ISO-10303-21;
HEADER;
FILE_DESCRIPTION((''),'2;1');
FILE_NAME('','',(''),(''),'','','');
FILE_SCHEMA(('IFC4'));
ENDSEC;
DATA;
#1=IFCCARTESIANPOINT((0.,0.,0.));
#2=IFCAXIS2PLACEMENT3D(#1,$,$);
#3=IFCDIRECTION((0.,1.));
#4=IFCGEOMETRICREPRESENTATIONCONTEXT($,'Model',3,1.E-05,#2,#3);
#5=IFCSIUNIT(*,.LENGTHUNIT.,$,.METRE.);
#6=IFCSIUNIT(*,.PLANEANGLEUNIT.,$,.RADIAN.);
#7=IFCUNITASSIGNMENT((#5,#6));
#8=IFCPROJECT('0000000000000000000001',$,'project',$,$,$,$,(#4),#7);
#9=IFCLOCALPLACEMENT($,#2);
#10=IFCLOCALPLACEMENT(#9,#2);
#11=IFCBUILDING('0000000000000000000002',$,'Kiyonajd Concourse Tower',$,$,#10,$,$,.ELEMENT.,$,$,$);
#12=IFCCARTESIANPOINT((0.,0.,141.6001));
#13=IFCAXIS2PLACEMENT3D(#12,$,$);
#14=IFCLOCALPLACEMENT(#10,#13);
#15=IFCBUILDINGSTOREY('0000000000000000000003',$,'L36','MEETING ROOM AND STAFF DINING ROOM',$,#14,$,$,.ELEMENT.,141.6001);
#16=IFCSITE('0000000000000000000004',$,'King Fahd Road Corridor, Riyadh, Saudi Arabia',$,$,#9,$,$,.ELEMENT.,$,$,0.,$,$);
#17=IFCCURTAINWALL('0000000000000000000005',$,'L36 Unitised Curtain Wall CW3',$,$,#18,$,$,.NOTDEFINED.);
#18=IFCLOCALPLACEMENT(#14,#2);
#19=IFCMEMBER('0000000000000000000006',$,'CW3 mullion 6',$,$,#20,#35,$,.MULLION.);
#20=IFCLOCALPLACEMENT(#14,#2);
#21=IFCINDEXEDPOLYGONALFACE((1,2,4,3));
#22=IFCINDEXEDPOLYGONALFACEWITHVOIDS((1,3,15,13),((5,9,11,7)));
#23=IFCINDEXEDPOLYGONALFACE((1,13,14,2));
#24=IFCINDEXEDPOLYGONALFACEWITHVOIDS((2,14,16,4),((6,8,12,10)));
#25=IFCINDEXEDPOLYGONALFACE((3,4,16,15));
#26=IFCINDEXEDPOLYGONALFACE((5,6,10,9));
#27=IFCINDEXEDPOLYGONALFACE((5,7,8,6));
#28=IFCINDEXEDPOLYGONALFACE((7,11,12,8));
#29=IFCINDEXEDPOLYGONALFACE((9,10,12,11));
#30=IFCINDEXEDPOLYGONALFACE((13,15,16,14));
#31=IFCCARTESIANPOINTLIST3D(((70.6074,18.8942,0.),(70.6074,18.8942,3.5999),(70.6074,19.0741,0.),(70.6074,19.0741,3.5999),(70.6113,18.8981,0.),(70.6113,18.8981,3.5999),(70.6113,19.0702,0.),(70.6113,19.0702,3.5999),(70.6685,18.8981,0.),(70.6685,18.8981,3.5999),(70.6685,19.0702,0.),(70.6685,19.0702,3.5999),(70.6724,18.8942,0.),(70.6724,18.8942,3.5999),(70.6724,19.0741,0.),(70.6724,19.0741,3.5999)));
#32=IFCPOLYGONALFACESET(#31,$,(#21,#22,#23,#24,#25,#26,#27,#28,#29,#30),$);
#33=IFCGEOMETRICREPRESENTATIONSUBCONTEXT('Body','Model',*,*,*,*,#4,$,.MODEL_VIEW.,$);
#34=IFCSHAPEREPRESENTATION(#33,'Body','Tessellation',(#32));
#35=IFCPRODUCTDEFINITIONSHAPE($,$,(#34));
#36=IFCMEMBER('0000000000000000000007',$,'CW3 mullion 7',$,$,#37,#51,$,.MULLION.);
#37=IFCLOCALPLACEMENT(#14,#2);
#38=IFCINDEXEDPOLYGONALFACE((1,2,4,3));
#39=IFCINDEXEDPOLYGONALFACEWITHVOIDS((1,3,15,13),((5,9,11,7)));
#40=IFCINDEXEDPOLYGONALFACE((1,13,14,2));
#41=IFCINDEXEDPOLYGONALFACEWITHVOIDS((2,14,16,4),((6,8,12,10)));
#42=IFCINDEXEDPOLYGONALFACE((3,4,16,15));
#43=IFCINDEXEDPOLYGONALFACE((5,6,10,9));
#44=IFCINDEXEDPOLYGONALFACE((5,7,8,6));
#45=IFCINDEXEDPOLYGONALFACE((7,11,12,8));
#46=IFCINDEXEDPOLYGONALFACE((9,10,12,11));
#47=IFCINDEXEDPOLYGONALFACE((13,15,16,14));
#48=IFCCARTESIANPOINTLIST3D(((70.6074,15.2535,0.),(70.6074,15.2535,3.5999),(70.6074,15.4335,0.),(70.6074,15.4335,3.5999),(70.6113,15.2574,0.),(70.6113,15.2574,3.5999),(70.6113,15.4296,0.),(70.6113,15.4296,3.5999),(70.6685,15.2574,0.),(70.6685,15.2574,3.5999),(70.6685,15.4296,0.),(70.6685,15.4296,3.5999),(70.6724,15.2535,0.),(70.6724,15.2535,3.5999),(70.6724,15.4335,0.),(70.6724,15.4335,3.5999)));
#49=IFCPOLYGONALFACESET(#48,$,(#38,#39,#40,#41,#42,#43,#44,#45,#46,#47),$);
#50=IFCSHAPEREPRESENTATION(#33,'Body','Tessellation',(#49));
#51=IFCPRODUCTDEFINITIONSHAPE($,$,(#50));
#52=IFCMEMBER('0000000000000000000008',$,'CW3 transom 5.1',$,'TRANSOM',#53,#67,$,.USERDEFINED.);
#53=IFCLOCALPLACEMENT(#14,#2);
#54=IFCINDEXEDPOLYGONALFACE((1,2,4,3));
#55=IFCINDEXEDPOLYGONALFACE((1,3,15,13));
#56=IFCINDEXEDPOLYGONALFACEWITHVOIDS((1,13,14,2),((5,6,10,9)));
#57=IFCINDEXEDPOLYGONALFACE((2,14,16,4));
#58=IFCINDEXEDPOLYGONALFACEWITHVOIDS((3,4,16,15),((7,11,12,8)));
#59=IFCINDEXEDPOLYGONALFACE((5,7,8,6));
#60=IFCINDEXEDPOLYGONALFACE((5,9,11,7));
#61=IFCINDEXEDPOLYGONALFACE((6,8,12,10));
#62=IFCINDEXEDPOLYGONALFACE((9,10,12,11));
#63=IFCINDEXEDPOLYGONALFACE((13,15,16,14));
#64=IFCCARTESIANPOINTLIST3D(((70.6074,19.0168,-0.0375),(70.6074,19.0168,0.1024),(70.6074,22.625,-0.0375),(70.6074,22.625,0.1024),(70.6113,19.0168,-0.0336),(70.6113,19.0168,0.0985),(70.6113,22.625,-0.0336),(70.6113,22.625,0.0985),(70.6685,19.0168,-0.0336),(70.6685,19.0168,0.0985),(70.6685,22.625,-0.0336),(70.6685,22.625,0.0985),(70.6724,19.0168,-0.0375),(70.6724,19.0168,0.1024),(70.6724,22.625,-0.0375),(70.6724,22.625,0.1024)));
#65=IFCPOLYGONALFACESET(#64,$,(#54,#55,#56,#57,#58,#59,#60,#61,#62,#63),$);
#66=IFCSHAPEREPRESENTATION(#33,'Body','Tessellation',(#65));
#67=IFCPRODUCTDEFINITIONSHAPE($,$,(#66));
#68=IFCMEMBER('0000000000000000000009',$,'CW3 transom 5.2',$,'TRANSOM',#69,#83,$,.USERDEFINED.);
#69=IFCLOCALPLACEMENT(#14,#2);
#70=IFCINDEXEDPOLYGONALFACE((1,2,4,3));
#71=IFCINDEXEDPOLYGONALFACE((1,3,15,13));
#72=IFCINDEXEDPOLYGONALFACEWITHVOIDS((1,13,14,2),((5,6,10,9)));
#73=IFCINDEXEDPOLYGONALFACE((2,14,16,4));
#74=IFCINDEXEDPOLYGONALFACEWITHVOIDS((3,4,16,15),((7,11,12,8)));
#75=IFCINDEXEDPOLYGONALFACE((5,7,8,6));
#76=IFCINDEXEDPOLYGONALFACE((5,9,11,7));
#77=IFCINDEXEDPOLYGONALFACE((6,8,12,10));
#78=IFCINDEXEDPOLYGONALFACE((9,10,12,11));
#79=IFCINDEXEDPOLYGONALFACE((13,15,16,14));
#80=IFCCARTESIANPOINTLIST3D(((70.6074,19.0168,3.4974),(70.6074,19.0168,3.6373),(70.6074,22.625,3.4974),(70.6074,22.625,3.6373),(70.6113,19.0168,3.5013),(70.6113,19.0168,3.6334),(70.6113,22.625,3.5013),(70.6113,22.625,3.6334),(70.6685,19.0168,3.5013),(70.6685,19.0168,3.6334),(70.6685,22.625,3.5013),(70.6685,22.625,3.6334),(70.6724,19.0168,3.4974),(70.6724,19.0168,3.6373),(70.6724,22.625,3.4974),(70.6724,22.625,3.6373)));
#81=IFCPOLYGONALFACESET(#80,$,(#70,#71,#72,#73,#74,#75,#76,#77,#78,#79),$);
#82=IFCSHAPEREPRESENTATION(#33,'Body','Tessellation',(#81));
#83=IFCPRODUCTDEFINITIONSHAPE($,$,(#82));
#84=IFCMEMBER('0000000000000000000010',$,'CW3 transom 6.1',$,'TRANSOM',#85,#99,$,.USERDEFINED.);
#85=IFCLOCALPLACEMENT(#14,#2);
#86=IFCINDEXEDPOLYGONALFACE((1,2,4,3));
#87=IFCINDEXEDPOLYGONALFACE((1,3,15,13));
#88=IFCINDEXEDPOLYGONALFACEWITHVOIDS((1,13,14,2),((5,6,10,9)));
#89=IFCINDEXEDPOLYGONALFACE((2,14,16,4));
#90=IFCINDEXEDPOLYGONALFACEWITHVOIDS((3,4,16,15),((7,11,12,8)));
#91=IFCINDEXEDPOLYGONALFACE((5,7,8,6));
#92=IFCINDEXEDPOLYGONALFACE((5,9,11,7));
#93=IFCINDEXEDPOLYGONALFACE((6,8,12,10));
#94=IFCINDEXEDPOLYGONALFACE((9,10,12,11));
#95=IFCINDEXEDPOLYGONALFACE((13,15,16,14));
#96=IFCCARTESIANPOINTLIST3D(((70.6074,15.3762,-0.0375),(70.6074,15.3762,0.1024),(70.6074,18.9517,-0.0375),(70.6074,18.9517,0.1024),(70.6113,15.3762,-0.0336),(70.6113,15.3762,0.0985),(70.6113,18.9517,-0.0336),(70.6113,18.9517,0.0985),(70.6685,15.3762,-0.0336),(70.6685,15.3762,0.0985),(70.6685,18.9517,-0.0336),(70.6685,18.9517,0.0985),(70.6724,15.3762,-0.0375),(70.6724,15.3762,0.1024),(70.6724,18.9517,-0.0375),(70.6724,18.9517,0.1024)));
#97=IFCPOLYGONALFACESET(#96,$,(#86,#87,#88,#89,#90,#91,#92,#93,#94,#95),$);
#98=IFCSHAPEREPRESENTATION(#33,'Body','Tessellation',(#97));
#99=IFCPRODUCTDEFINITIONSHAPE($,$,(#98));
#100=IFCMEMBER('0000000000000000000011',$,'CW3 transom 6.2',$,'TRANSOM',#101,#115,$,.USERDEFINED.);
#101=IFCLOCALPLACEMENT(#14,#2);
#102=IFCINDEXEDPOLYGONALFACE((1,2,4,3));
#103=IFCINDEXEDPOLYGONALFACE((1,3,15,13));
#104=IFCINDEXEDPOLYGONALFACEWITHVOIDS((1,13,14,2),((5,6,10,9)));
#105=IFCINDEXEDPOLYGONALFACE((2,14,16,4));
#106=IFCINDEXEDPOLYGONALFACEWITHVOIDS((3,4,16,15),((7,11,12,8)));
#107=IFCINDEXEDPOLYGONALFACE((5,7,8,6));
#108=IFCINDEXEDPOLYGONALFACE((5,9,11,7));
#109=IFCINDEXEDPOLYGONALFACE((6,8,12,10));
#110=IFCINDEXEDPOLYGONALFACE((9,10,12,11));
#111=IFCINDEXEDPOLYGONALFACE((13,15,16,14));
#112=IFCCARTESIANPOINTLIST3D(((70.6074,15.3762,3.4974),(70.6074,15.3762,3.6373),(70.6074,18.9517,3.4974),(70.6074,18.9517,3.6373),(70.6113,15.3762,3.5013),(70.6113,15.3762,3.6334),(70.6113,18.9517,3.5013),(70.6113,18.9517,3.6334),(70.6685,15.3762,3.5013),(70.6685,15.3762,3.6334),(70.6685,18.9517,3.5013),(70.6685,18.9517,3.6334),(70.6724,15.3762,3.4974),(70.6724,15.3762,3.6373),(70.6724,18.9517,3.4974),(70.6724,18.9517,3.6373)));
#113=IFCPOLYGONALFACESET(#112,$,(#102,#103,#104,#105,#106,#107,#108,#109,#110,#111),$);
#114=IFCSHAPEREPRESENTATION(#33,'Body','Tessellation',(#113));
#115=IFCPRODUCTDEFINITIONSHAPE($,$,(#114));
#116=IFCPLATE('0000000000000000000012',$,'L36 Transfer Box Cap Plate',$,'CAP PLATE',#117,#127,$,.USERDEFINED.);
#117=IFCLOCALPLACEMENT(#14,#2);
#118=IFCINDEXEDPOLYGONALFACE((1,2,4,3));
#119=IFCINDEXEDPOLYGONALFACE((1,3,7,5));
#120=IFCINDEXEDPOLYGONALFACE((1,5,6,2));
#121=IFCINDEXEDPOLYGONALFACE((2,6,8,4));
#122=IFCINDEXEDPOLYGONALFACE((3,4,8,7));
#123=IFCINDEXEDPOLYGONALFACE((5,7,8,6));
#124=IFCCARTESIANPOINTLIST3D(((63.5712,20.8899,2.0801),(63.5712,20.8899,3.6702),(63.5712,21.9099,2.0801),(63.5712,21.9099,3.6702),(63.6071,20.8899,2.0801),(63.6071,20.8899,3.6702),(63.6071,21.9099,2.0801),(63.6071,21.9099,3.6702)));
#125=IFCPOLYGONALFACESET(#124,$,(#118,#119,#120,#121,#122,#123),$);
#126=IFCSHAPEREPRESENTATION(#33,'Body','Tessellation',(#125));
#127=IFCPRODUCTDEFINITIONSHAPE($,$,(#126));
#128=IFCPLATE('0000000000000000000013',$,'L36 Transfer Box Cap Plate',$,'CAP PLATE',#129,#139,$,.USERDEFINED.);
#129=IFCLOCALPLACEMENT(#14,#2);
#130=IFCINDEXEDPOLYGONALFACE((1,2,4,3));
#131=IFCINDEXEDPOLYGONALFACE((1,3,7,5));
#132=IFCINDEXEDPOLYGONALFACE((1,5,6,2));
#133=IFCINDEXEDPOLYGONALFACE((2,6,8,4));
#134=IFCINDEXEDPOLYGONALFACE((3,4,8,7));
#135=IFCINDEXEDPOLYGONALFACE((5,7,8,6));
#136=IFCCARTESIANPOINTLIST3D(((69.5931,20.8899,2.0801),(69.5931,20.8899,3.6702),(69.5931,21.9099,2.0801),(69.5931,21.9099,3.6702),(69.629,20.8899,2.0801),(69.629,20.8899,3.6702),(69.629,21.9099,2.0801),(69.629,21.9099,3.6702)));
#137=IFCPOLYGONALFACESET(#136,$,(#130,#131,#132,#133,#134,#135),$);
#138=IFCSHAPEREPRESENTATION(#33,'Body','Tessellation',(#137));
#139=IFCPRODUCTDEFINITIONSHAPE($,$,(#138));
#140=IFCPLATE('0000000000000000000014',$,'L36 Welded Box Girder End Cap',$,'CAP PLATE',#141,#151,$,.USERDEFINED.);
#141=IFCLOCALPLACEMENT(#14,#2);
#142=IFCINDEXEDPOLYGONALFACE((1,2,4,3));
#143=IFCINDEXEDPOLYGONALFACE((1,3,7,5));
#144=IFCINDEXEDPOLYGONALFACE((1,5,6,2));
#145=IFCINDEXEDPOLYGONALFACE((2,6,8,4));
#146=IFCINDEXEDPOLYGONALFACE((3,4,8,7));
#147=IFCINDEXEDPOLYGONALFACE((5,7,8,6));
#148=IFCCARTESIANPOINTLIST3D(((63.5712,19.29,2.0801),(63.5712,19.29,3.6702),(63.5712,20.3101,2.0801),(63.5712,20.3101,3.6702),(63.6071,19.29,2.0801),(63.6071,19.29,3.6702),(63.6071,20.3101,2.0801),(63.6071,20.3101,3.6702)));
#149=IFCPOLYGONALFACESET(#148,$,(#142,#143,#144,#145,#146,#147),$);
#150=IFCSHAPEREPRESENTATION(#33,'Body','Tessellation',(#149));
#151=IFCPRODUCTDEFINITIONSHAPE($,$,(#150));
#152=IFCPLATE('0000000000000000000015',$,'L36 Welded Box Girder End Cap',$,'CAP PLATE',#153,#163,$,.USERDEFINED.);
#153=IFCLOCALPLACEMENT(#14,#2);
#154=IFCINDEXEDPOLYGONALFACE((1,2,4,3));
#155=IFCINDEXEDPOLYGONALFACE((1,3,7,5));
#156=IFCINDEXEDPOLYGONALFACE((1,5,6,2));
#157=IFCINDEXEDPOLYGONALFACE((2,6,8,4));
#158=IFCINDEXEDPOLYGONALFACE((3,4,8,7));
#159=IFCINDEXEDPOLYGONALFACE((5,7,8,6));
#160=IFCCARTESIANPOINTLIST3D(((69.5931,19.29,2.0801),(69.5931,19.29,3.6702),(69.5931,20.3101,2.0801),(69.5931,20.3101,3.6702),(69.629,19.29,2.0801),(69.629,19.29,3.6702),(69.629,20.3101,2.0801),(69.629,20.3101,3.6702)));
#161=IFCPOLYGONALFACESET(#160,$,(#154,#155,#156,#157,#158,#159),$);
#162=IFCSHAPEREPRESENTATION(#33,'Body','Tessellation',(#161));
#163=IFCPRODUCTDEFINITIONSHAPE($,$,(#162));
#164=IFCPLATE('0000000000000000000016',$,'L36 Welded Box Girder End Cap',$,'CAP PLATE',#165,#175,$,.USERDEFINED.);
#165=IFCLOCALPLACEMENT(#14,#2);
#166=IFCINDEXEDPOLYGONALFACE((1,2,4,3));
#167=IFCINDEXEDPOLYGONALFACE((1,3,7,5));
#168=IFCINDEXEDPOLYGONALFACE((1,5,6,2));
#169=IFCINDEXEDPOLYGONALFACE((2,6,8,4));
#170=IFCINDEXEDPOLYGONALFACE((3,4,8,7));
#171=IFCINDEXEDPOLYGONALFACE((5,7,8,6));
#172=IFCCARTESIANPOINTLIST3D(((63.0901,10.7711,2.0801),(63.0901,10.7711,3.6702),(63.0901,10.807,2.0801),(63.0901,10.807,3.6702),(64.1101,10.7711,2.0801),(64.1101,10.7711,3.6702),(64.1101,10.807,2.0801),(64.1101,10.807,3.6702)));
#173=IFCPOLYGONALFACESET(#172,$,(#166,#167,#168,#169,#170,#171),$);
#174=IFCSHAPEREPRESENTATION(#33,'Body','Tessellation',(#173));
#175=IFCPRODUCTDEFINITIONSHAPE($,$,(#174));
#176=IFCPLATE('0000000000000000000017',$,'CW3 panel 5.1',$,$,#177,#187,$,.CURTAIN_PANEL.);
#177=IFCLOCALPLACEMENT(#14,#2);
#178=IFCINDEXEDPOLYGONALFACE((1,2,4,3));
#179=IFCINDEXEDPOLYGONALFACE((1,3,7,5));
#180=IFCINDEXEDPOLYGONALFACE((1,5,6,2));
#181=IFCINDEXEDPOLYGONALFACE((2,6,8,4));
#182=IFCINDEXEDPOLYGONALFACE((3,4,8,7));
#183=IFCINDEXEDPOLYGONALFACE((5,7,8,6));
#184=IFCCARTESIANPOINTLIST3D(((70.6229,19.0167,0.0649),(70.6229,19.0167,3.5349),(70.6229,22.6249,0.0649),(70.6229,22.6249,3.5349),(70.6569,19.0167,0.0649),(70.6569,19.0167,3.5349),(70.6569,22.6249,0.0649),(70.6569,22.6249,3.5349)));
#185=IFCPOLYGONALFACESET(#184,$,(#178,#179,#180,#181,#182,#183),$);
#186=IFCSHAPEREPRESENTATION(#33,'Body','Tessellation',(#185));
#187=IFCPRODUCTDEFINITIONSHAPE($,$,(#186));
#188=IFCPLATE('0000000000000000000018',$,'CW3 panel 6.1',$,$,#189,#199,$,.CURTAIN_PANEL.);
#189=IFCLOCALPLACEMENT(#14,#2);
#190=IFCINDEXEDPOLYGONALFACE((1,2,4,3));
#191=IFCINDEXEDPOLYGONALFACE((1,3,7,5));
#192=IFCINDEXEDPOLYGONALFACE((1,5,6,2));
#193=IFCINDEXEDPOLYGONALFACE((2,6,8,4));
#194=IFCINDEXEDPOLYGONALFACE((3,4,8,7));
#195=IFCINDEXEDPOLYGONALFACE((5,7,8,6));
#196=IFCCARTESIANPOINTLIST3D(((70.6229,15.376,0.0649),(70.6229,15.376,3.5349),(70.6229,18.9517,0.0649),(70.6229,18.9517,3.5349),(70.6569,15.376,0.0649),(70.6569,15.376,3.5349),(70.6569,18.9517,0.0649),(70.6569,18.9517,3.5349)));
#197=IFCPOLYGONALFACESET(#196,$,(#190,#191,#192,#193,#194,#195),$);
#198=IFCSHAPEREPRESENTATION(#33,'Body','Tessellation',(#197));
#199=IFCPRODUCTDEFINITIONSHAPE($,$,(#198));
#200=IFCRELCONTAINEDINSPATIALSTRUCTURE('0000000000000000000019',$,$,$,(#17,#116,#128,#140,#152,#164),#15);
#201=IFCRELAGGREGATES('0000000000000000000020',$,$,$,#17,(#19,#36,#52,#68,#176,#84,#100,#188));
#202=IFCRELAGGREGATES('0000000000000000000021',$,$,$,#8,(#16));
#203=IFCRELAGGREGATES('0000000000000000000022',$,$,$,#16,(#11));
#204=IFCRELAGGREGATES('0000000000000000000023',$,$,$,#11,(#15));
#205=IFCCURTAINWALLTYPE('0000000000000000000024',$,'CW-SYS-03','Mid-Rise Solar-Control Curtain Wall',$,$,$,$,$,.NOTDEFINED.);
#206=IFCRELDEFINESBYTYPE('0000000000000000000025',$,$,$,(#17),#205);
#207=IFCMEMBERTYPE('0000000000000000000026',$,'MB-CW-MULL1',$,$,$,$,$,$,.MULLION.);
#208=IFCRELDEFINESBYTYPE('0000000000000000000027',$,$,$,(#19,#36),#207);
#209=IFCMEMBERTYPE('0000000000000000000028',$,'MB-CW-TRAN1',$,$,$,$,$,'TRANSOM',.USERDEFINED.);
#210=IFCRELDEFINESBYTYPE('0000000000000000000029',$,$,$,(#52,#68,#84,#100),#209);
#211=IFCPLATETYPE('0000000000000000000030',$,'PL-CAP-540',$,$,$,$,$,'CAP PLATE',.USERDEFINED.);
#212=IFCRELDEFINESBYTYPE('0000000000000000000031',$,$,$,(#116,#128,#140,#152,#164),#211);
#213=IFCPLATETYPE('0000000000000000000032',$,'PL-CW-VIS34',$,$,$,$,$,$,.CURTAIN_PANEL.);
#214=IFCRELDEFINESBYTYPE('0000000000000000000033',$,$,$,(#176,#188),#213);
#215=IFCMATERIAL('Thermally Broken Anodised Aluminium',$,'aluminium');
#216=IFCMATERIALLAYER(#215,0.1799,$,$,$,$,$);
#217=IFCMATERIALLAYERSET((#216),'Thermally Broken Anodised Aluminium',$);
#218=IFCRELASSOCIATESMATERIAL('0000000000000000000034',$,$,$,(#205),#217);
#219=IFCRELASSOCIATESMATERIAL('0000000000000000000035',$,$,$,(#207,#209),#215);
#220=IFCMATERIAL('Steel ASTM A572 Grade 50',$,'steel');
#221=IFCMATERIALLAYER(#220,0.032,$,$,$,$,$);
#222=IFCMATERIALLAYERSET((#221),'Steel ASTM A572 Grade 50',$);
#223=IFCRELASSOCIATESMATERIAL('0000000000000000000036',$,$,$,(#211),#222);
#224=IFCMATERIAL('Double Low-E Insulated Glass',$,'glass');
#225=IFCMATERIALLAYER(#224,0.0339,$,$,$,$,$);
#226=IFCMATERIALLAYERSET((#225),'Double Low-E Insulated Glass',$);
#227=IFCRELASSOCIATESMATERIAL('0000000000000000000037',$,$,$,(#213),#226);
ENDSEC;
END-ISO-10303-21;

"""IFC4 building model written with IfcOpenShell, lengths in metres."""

from ifc_helpers import new_model, si_unit, direction, frame, origin, origin_2d, place, context, subcontext, project, spatial, rectangle, hollow_rectangle, extrude, material, layer, layer_set, material_profile, profile_set, type_object, element, aggregate, save


model = new_model("IFC4")

# Units and contexts
model_context = context("Model", 3, precision=1e-05, world=origin(), true_north=direction((0.0, 1.0)))
body_context = subcontext(model_context, "Body", "Model", "MODEL_VIEW")
ifc_project = project(units=[si_unit("LENGTHUNIT", "METRE"), si_unit("PLANEANGLEUNIT", "RADIAN")], contexts=[model_context])

# Site, building, storey
site_placement = place(None, origin())
site = spatial("IfcSite", under=ifc_project, at=site_placement, Name="King Fahd Road Corridor, Riyadh, Saudi Arabia", CompositionType="ELEMENT", RefElevation=0.0)
building_placement = place(site_placement, origin())
building = spatial("IfcBuilding", under=site, at=building_placement, Name="Kiyonajd Concourse Tower", CompositionType="ELEMENT")
storey_placement = place(building_placement, frame((0.0, 0.0, 141.6001)))
storey = spatial("IfcBuildingStorey", under=building, at=storey_placement, Name="L36", Description="MEETING ROOM AND STAFF DINING ROOM", CompositionType="ELEMENT", Elevation=141.6001)

# Shared definitions
ifc_material_1 = material(Name="Steel ASTM A572 Grade 50", Category="steel")

# Curtain wall, members
ifc_material_2 = material(Name="Thermally Broken Anodised Aluminium", Category="aluminium")
ifc_layer_1 = layer(ifc_material_2, 0.1799)
ifc_layer_set_1 = layer_set([ifc_layer_1], Name="Thermally Broken Anodised Aluminium")
curtain_wall_type = type_object("IfcCurtainWallType", Name="CW-SYS-03", Description="Mid-Rise Solar-Control Curtain Wall", PredefinedType="NOTDEFINED", material=ifc_layer_set_1)
curtain_wall_placement = place(storey_placement, origin())
curtain_wall = element("IfcCurtainWall", 1, at=curtain_wall_placement, inside=storey, type_object=curtain_wall_type, Name="L36 Unitised Curtain Wall CW3", PredefinedType="NOTDEFINED")
ifc_material_profile_1 = material_profile(ifc_material_2, hollow_rectangle(XDim=0.0649, YDim=0.1799, WallThickness=0.0039, at=origin_2d()), Name="MULL-65x180")
ifc_profile_set_1 = profile_set([ifc_material_profile_1], Name="Thermally Broken Anodised Aluminium")
member_type_1 = type_object("IfcMemberType", Name="MB-CW-MULL1", PredefinedType="MULLION", material=ifc_profile_set_1)
member_1_placement = place(storey_placement, frame((70.6399, 18.9841, 0.0), z_axis=(0.0, 0.0, 1.0), x_axis=(1.0, 0.0, 0.0)))
member_1 = element("IfcMember", 2, at=member_1_placement, type_object=member_type_1, Name="CW3 mullion 6", PredefinedType="MULLION", context=body_context, shape_type="SweptSolid", body=[
    extrude(hollow_rectangle(XDim=0.0649, YDim=0.1799, WallThickness=0.0039, at=origin_2d()), origin(), (0.0, 0.0, 1.0), 3.5999),
])
member_2_placement = place(storey_placement, frame((70.6399, 15.3435, 0.0), z_axis=(0.0, 0.0, 1.0), x_axis=(1.0, 0.0, 0.0)))
member_2 = element("IfcMember", 3, at=member_2_placement, type_object=member_type_1, Name="CW3 mullion 7", PredefinedType="MULLION", context=body_context, shape_type="SweptSolid", body=[
    extrude(hollow_rectangle(XDim=0.0649, YDim=0.1799, WallThickness=0.0039, at=origin_2d()), origin(), (0.0, 0.0, 1.0), 3.5999),
])
ifc_material_profile_2 = material_profile(ifc_material_2, hollow_rectangle(XDim=0.0649, YDim=0.1399, WallThickness=0.0039, at=origin_2d()), Name="TRAN-65x140")
ifc_profile_set_2 = profile_set([ifc_material_profile_2], Name="Thermally Broken Anodised Aluminium")
member_type_2 = type_object("IfcMemberType", Name="MB-CW-TRAN1", ElementType="TRANSOM", PredefinedType="USERDEFINED", material=ifc_profile_set_2)
member_3_placement = place(storey_placement, frame((70.6399, 22.625, 0.0325), z_axis=(0.0, -1.0, 0.0), x_axis=(1.0, 0.0, 0.0)))
member_3 = element("IfcMember", 4, at=member_3_placement, type_object=member_type_2, Name="CW3 transom 5.1", ObjectType="TRANSOM", PredefinedType="USERDEFINED", context=body_context, shape_type="SweptSolid", body=[
    extrude(hollow_rectangle(XDim=0.0649, YDim=0.1399, WallThickness=0.0039, at=origin_2d()), origin(), (0.0, 0.0, 1.0), 3.6082),
])
member_4_placement = place(storey_placement, frame((70.6399, 22.625, 3.5674), z_axis=(0.0, -1.0, 0.0), x_axis=(1.0, 0.0, 0.0)))
member_4 = element("IfcMember", 5, at=member_4_placement, type_object=member_type_2, Name="CW3 transom 5.2", ObjectType="TRANSOM", PredefinedType="USERDEFINED", context=body_context, shape_type="SweptSolid", body=[
    extrude(hollow_rectangle(XDim=0.0649, YDim=0.1399, WallThickness=0.0039, at=origin_2d()), origin(), (0.0, 0.0, 1.0), 3.6082),
])
member_5_placement = place(storey_placement, frame((70.6399, 18.9517, 0.0325), z_axis=(0.0, -1.0, 0.0), x_axis=(1.0, 0.0, 0.0)))
member_5 = element("IfcMember", 6, at=member_5_placement, type_object=member_type_2, Name="CW3 transom 6.1", ObjectType="TRANSOM", PredefinedType="USERDEFINED", context=body_context, shape_type="SweptSolid", body=[
    extrude(hollow_rectangle(XDim=0.0649, YDim=0.1399, WallThickness=0.0039, at=origin_2d()), origin(), (0.0, 0.0, 1.0), 3.5754),
])
member_6_placement = place(storey_placement, frame((70.6399, 18.9517, 3.5674), z_axis=(0.0, -1.0, 0.0), x_axis=(1.0, 0.0, 0.0)))
member_6 = element("IfcMember", 7, at=member_6_placement, type_object=member_type_2, Name="CW3 transom 6.2", ObjectType="TRANSOM", PredefinedType="USERDEFINED", context=body_context, shape_type="SweptSolid", body=[
    extrude(hollow_rectangle(XDim=0.0649, YDim=0.1399, WallThickness=0.0039, at=origin_2d()), origin(), (0.0, 0.0, 1.0), 3.5754),
])

# Plates
ifc_layer_2 = layer(ifc_material_1, 0.032)
ifc_layer_set_2 = layer_set([ifc_layer_2], Name="Steel ASTM A572 Grade 50")
plate_type_1 = type_object("IfcPlateType", Name="PL-CAP-540", ElementType="CAP PLATE", PredefinedType="USERDEFINED", material=ifc_layer_set_2)
for number, where, z_axis, x_axis, name in (
    (8, (63.5891, 21.3999, 2.0801), (0.0, 0.0, 1.0), (-1.0, 0.0, 0.0), "L36 Transfer Box Cap Plate"),
    (9, (69.6111, 21.3999, 2.0801), (0.0, 0.0, 1.0), (1.0, 0.0, 0.0), "L36 Transfer Box Cap Plate"),
    (10, (63.5891, 19.8, 2.0801), (0.0, 0.0, 1.0), (-1.0, 0.0, 0.0), "L36 Welded Box Girder End Cap"),
    (11, (69.6111, 19.8, 2.0801), (0.0, 0.0, 1.0), (1.0, 0.0, 0.0), "L36 Welded Box Girder End Cap"),
    (12, (63.6001, 10.7891, 2.0801), (0.0, 0.0, 1.0), (0.0, -1.0, 0.0), "L36 Welded Box Girder End Cap"),
):
    element("IfcPlate", number, at=place(storey_placement, frame(where, z_axis=z_axis, x_axis=x_axis)), inside=storey, type_object=plate_type_1, Name=name, ObjectType="CAP PLATE", PredefinedType="USERDEFINED", context=body_context, shape_type="SweptSolid", body=[
        extrude(rectangle(XDim=0.0359, YDim=1.02, at=origin_2d()), origin(), (0.0, 0.0, 1.0), 1.5901),
    ])

# Plates
ifc_material_3 = material(Name="Double Low-E Insulated Glass", Category="glass")
ifc_layer_3 = layer(ifc_material_3, 0.0339)
ifc_layer_set_3 = layer_set([ifc_layer_3], Name="Double Low-E Insulated Glass")
plate_type_2 = type_object("IfcPlateType", Name="PL-CW-VIS34", PredefinedType="CURTAIN_PANEL", material=ifc_layer_set_3)
plate_1_placement = place(storey_placement, frame((70.6399, 20.8208, 0.0649), z_axis=(0.0, 0.0, 1.0), x_axis=(0.0, -1.0, 0.0)))
plate_1 = element("IfcPlate", 13, at=plate_1_placement, type_object=plate_type_2, Name="CW3 panel 5.1", PredefinedType="CURTAIN_PANEL", context=body_context, shape_type="SweptSolid", body=[
    extrude(rectangle(XDim=3.6082, YDim=0.0339, at=origin_2d()), origin(), (0.0, 0.0, 1.0), 3.47),
])
plate_2_placement = place(storey_placement, frame((70.6399, 17.1638, 0.0649), z_axis=(0.0, 0.0, 1.0), x_axis=(0.0, -1.0, 0.0)))
plate_2 = element("IfcPlate", 14, at=plate_2_placement, type_object=plate_type_2, Name="CW3 panel 6.1", PredefinedType="CURTAIN_PANEL", context=body_context, shape_type="SweptSolid", body=[
    extrude(rectangle(XDim=3.5757, YDim=0.0339, at=origin_2d()), origin(), (0.0, 0.0, 1.0), 3.47),
])
aggregate(curtain_wall, [member_1, member_2, member_3, member_4, plate_1, member_5, member_6, plate_2])

save(model, "model.ifc")
